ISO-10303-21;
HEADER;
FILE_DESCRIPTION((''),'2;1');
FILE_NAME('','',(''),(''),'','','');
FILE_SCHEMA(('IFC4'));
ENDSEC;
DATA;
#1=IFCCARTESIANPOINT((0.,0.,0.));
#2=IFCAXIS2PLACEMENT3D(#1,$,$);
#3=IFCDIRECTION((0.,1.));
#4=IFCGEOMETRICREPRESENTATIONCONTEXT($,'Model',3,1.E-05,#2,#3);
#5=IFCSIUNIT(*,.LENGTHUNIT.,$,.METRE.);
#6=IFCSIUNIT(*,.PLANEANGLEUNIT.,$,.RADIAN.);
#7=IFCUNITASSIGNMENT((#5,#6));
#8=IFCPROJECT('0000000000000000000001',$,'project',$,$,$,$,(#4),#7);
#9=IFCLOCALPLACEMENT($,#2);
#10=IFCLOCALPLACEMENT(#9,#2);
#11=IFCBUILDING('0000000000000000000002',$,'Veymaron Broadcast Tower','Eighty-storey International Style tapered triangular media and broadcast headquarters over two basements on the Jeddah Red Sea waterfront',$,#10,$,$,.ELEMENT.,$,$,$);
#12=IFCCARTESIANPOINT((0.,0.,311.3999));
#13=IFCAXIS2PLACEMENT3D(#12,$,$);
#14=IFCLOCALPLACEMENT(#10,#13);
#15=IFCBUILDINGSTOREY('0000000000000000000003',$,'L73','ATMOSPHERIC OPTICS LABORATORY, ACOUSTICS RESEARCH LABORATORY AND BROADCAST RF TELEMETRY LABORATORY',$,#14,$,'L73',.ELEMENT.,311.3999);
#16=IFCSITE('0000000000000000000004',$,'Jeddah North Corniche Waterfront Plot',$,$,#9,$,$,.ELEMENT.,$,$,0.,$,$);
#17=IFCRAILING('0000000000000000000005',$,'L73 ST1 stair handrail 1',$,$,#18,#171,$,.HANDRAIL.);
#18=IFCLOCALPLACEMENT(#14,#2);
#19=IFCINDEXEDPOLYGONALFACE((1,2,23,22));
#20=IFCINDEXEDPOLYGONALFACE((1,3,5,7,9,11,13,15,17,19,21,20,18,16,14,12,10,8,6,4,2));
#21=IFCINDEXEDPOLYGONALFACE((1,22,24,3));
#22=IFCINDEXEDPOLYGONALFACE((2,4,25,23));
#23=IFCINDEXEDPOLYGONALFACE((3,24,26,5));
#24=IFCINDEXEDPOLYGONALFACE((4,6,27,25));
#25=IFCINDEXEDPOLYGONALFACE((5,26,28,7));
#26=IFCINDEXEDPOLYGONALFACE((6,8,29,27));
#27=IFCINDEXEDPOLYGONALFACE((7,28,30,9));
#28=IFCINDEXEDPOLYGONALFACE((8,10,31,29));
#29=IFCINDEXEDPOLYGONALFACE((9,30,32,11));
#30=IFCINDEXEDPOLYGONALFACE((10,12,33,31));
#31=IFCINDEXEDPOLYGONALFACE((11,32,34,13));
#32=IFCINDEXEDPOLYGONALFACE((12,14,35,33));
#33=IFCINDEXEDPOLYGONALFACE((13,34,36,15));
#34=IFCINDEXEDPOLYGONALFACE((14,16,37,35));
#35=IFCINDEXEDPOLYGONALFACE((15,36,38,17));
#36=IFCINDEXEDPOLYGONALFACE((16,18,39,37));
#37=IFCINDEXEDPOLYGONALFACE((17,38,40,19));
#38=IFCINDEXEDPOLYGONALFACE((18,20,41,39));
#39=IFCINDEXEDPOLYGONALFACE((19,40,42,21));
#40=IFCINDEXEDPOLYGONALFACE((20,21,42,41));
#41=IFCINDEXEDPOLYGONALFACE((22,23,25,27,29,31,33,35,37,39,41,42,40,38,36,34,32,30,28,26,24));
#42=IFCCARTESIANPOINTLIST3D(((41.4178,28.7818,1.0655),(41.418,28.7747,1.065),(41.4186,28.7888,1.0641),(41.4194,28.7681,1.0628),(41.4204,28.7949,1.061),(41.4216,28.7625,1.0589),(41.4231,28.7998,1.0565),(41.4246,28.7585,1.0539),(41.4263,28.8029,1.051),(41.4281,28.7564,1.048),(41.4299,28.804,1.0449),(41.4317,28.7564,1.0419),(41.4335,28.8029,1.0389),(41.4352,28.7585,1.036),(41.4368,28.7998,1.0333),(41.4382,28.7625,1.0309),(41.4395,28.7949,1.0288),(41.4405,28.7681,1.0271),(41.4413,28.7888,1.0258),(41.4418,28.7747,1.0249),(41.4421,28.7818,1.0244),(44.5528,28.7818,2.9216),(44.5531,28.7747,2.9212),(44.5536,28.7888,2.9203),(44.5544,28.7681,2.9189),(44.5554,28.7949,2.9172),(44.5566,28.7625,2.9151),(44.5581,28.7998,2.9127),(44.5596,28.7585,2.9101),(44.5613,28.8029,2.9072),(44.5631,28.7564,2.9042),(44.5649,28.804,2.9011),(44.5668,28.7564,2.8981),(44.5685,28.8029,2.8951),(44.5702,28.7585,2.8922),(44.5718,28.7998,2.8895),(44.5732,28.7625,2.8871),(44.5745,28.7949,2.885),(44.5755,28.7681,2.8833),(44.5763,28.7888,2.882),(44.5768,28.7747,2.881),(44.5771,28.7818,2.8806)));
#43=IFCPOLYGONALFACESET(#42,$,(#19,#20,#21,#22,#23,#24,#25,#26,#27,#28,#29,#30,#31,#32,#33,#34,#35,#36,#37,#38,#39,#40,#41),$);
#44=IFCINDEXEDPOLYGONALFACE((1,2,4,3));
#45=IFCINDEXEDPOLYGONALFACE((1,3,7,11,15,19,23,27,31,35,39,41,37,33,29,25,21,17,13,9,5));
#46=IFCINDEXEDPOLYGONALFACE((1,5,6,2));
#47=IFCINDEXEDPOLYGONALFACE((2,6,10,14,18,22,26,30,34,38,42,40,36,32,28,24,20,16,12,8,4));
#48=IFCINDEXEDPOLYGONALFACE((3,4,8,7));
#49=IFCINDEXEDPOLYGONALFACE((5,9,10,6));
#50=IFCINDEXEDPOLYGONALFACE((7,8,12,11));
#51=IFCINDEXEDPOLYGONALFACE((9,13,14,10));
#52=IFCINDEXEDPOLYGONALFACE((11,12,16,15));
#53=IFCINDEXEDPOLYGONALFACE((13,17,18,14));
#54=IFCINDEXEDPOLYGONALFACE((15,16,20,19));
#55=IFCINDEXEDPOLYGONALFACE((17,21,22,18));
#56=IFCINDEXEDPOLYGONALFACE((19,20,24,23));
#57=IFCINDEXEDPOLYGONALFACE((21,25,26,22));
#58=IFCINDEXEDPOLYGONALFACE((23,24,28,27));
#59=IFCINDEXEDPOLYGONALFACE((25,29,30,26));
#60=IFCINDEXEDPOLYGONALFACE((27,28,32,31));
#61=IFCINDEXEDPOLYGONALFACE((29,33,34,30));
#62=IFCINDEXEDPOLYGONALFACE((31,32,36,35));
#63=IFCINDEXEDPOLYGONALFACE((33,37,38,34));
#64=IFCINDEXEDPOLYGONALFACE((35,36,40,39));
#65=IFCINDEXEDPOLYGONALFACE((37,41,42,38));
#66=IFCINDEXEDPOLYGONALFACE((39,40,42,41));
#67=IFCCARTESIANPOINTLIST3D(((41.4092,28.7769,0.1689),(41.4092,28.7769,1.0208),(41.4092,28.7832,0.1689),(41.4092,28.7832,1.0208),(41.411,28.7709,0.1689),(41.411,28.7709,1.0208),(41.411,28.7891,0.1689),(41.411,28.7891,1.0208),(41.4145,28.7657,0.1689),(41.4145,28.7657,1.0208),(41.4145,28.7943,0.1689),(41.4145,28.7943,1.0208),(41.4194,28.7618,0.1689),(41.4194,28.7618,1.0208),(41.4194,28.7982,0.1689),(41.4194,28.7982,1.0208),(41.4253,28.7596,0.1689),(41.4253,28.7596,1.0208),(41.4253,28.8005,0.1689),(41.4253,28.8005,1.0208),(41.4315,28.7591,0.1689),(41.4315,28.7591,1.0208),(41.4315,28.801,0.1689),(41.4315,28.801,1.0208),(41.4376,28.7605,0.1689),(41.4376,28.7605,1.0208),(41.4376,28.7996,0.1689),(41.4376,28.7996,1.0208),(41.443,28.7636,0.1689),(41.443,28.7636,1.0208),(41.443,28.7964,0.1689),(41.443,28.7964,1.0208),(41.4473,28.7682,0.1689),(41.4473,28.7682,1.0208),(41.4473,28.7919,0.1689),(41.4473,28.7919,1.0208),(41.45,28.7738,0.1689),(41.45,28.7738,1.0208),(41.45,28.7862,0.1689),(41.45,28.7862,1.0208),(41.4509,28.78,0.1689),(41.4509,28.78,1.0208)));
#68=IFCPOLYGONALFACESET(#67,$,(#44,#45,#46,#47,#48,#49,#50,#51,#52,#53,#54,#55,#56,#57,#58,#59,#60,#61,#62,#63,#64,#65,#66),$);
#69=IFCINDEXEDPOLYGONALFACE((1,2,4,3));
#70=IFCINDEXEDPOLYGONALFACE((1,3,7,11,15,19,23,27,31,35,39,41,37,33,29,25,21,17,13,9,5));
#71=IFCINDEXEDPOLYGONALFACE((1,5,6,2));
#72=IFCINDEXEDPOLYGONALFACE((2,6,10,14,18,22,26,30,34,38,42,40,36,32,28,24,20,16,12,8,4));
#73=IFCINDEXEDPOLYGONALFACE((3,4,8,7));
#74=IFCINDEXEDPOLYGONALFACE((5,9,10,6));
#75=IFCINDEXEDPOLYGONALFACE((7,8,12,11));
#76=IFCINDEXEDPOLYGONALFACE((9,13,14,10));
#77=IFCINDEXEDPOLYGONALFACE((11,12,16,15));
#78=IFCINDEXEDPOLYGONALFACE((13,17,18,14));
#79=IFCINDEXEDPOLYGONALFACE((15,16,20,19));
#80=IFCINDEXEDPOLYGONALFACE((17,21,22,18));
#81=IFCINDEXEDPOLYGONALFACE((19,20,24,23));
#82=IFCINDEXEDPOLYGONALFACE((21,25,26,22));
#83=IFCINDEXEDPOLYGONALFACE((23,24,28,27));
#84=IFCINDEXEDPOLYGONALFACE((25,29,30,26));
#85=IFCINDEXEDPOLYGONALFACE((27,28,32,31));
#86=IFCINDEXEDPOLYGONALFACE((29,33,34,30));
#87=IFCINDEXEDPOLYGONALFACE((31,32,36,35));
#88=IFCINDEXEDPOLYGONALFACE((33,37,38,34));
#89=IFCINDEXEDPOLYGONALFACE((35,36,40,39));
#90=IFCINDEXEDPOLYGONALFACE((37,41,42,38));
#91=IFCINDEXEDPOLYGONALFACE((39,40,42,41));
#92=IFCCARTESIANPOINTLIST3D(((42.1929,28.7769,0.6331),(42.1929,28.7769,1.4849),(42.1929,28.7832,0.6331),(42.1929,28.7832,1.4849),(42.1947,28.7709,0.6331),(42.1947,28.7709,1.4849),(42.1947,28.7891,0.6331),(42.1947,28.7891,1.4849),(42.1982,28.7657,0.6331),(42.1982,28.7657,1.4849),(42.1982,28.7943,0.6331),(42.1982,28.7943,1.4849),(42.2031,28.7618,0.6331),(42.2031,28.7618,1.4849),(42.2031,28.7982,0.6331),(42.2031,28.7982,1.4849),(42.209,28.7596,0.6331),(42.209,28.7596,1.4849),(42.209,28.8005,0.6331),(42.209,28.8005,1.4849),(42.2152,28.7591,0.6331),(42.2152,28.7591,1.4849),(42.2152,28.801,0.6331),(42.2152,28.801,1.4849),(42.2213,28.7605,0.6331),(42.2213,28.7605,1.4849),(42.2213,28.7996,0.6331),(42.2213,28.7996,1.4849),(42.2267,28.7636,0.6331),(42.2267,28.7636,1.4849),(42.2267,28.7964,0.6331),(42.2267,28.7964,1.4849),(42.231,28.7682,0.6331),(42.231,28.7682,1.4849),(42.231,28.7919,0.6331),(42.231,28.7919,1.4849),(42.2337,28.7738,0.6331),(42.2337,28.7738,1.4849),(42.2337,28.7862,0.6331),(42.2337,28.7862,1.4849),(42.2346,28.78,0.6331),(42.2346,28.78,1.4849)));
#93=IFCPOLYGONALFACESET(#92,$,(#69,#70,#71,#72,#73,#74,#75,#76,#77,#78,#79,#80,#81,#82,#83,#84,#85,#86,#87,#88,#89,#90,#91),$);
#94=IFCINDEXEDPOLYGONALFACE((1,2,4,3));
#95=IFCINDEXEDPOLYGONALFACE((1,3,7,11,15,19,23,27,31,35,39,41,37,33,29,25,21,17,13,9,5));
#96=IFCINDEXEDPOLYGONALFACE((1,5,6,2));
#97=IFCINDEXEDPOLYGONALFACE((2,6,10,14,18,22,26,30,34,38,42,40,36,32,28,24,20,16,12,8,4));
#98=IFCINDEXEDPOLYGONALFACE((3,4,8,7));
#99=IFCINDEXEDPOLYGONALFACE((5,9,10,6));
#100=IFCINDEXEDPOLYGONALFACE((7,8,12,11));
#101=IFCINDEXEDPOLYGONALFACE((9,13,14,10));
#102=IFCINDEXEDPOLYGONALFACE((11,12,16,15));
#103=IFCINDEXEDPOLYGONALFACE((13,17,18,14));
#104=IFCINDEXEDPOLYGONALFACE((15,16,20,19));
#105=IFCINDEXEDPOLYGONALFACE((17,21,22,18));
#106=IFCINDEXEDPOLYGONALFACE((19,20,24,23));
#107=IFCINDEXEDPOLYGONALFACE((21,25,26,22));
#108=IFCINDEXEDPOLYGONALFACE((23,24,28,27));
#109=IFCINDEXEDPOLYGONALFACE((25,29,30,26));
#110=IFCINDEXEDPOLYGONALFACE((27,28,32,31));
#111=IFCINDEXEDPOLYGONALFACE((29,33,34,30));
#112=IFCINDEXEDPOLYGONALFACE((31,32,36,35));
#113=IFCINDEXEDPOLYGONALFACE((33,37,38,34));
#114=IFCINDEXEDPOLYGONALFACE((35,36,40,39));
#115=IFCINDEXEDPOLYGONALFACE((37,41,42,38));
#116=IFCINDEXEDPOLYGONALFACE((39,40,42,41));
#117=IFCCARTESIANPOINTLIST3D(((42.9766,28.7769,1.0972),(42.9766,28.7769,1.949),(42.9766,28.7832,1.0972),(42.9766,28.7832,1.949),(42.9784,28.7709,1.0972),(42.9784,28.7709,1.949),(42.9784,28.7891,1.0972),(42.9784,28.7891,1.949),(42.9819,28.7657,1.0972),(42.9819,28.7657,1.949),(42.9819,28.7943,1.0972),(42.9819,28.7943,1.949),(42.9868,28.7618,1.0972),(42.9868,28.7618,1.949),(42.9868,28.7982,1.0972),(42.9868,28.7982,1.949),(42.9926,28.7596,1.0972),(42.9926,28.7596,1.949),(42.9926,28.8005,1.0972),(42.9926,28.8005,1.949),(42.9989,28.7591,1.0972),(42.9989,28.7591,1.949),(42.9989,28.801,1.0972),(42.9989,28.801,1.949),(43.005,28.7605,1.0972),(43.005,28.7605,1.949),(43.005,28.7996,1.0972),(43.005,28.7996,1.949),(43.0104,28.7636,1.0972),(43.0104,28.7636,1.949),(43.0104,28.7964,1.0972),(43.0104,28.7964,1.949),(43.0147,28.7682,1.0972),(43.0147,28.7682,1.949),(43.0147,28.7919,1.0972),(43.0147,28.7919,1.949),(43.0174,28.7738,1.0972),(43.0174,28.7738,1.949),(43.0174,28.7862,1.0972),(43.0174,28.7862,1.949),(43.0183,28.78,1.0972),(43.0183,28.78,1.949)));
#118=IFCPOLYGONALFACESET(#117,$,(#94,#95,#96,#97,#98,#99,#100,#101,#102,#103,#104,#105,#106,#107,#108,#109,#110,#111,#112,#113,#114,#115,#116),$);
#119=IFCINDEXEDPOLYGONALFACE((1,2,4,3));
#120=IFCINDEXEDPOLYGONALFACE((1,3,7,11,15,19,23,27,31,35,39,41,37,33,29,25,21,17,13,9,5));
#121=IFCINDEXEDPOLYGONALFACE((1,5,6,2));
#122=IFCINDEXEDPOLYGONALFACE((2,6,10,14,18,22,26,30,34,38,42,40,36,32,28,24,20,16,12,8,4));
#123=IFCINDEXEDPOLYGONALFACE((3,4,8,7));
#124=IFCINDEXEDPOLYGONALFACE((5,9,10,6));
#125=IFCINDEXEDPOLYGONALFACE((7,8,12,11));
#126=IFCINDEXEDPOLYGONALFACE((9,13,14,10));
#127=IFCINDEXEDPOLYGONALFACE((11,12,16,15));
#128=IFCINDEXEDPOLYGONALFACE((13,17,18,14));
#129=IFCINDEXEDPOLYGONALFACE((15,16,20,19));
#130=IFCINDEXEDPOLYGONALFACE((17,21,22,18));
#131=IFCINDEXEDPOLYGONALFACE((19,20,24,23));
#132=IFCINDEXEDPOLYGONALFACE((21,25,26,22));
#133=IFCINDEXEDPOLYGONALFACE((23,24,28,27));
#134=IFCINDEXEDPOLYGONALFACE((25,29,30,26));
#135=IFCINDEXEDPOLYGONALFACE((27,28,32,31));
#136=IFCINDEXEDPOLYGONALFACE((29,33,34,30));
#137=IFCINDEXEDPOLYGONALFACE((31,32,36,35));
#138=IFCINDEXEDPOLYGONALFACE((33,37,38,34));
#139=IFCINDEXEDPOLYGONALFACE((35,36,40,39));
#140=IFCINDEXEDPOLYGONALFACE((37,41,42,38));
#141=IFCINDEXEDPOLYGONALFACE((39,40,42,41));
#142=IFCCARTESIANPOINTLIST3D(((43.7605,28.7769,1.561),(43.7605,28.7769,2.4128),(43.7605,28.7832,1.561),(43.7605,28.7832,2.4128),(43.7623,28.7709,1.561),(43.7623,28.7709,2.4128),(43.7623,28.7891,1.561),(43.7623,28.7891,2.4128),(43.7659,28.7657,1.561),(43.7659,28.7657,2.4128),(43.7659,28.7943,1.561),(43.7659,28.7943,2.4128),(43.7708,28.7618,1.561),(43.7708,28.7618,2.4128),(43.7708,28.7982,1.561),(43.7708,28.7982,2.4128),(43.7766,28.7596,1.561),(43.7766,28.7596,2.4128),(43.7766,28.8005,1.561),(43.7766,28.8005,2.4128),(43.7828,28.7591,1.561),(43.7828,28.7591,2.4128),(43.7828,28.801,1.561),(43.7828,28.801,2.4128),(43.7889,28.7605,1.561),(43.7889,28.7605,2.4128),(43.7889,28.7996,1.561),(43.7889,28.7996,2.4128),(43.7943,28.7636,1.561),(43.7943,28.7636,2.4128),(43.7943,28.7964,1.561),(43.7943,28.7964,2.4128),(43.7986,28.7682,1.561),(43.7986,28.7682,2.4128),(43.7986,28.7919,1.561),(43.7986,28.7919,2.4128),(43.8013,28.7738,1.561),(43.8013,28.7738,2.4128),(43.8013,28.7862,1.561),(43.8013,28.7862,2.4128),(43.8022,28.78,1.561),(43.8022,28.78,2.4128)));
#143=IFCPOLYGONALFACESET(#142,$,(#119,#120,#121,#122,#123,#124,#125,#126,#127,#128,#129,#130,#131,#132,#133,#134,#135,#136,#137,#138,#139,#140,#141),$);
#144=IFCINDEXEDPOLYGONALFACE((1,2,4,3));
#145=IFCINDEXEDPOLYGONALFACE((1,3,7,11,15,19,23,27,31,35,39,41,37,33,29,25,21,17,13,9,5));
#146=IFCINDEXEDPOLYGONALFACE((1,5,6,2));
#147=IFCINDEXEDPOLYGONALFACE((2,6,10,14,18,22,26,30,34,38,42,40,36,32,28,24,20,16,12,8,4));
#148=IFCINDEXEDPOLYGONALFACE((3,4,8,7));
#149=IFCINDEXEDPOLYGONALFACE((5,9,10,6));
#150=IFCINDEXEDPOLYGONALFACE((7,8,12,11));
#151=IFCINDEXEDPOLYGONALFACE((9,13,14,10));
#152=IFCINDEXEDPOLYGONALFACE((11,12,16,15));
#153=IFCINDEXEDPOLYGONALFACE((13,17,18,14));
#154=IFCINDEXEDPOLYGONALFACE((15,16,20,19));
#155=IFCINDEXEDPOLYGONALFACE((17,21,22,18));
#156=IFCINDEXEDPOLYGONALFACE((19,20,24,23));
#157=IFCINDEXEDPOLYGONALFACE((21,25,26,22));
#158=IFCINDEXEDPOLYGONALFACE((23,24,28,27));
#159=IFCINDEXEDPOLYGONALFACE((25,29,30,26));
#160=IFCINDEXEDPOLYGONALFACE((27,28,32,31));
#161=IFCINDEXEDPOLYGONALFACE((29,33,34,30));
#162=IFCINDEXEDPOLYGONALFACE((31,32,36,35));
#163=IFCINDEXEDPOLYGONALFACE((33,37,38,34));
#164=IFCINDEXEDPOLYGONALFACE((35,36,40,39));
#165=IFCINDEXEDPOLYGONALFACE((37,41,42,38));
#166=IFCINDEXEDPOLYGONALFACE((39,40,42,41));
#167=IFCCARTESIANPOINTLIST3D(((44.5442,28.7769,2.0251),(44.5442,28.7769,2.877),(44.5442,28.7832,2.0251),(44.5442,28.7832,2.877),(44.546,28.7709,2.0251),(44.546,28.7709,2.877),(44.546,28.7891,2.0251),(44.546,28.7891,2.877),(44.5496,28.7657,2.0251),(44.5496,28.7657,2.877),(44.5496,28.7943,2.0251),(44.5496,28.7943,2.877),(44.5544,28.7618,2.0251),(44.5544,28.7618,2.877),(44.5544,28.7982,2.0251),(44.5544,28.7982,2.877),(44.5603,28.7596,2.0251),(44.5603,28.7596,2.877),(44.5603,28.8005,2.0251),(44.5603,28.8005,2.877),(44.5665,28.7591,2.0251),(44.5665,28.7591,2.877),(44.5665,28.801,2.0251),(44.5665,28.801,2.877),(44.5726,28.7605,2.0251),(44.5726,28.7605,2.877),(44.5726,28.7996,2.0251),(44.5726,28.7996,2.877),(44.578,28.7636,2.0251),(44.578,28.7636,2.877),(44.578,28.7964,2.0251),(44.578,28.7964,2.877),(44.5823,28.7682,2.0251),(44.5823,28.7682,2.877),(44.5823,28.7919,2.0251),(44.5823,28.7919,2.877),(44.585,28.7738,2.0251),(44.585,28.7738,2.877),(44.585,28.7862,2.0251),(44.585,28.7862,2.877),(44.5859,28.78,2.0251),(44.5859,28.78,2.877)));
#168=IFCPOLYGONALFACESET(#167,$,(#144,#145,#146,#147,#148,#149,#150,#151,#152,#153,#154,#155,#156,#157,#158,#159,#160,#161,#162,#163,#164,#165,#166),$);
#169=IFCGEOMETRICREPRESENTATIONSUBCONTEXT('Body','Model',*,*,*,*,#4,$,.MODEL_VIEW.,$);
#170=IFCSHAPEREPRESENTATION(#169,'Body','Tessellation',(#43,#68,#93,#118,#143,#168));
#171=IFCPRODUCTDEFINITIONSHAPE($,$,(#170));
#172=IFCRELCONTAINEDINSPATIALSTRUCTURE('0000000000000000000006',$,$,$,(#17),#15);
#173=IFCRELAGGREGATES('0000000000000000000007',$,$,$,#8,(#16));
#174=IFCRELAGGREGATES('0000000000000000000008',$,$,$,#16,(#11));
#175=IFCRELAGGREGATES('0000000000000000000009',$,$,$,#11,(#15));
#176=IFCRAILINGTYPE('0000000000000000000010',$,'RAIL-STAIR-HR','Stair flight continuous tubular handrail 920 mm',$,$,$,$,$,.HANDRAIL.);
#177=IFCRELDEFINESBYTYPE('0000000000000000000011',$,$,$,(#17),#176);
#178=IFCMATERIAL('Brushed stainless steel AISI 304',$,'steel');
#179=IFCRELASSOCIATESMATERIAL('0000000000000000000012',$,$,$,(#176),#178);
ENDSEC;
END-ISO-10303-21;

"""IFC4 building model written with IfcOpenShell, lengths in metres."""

from ifc_helpers import new_model, si_unit, direction, frame, origin, origin_2d, place, context, subcontext, project, spatial, circle, extrude, material, type_object, element, save


model = new_model("IFC4")

# Units and contexts
model_context = context("Model", 3, precision=1e-05, world=origin(), true_north=direction((0.0, 1.0)))
body_context = subcontext(model_context, "Body", "Model", "MODEL_VIEW")
ifc_project = project(units=[si_unit("LENGTHUNIT", "METRE"), si_unit("PLANEANGLEUNIT", "RADIAN")], contexts=[model_context])

# Site, building, storey
site_placement = place(None, origin())
site = spatial("IfcSite", under=ifc_project, at=site_placement, Name="Jeddah North Corniche Waterfront Plot", CompositionType="ELEMENT", RefElevation=0.0)
building_placement = place(site_placement, origin())
building = spatial("IfcBuilding", under=site, at=building_placement, Name="Veymaron Broadcast Tower", Description="Eighty-storey International Style tapered triangular media and broadcast headquarters over two basements on the Jeddah Red Sea waterfront", CompositionType="ELEMENT")
storey_placement = place(building_placement, frame((0.0, 0.0, 311.3999)))
storey = spatial("IfcBuildingStorey", under=building, at=storey_placement, Name="L73", Description="ATMOSPHERIC OPTICS LABORATORY, ACOUSTICS RESEARCH LABORATORY AND BROADCAST RF TELEMETRY LABORATORY", LongName="L73", CompositionType="ELEMENT", Elevation=311.3999)

# Railing
ifc_material_1 = material(Name="Brushed stainless steel AISI 304", Category="steel")
railing_type_1 = type_object("IfcRailingType", Name="RAIL-STAIR-HR", Description="Stair flight continuous tubular handrail 920 mm", PredefinedType="HANDRAIL", material=ifc_material_1)
railing_1_placement = place(storey_placement, frame((41.4299, 28.78, 0.1689)))
element("IfcRailing", 1, at=railing_1_placement, inside=storey, type_object=railing_type_1, Name="L73 ST1 stair handrail 1", PredefinedType="HANDRAIL", context=body_context, shape_type="SweptSolid", body=[
    extrude(circle(Radius=0.0239, at=origin_2d()), frame((0.0, 0.0, 0.876), z_axis=(0.860482, 0.0, 0.509481), x_axis=(0.0, 1.0, 0.0)), (0.0, 0.0, 1.0), 3.6433),
    extrude(circle(Radius=0.021, at=origin_2d()), origin(), (0.0, 0.0, 1.0), 0.8518),
    extrude(circle(Radius=0.021, at=origin_2d()), frame((0.7837, 0.0, 0.4641)), (0.0, 0.0, 1.0), 0.8518),
    extrude(circle(Radius=0.021, at=origin_2d()), frame((1.5674, 0.0, 0.9282)), (0.0, 0.0, 1.0), 0.8518),
    extrude(circle(Radius=0.021, at=origin_2d()), frame((2.3513, 0.0, 1.3921)), (0.0, 0.0, 1.0), 0.8518),
    extrude(circle(Radius=0.021, at=origin_2d()), frame((3.135, 0.0, 1.8562)), (0.0, 0.0, 1.0), 0.8518),
])

save(model, "model.ifc")
